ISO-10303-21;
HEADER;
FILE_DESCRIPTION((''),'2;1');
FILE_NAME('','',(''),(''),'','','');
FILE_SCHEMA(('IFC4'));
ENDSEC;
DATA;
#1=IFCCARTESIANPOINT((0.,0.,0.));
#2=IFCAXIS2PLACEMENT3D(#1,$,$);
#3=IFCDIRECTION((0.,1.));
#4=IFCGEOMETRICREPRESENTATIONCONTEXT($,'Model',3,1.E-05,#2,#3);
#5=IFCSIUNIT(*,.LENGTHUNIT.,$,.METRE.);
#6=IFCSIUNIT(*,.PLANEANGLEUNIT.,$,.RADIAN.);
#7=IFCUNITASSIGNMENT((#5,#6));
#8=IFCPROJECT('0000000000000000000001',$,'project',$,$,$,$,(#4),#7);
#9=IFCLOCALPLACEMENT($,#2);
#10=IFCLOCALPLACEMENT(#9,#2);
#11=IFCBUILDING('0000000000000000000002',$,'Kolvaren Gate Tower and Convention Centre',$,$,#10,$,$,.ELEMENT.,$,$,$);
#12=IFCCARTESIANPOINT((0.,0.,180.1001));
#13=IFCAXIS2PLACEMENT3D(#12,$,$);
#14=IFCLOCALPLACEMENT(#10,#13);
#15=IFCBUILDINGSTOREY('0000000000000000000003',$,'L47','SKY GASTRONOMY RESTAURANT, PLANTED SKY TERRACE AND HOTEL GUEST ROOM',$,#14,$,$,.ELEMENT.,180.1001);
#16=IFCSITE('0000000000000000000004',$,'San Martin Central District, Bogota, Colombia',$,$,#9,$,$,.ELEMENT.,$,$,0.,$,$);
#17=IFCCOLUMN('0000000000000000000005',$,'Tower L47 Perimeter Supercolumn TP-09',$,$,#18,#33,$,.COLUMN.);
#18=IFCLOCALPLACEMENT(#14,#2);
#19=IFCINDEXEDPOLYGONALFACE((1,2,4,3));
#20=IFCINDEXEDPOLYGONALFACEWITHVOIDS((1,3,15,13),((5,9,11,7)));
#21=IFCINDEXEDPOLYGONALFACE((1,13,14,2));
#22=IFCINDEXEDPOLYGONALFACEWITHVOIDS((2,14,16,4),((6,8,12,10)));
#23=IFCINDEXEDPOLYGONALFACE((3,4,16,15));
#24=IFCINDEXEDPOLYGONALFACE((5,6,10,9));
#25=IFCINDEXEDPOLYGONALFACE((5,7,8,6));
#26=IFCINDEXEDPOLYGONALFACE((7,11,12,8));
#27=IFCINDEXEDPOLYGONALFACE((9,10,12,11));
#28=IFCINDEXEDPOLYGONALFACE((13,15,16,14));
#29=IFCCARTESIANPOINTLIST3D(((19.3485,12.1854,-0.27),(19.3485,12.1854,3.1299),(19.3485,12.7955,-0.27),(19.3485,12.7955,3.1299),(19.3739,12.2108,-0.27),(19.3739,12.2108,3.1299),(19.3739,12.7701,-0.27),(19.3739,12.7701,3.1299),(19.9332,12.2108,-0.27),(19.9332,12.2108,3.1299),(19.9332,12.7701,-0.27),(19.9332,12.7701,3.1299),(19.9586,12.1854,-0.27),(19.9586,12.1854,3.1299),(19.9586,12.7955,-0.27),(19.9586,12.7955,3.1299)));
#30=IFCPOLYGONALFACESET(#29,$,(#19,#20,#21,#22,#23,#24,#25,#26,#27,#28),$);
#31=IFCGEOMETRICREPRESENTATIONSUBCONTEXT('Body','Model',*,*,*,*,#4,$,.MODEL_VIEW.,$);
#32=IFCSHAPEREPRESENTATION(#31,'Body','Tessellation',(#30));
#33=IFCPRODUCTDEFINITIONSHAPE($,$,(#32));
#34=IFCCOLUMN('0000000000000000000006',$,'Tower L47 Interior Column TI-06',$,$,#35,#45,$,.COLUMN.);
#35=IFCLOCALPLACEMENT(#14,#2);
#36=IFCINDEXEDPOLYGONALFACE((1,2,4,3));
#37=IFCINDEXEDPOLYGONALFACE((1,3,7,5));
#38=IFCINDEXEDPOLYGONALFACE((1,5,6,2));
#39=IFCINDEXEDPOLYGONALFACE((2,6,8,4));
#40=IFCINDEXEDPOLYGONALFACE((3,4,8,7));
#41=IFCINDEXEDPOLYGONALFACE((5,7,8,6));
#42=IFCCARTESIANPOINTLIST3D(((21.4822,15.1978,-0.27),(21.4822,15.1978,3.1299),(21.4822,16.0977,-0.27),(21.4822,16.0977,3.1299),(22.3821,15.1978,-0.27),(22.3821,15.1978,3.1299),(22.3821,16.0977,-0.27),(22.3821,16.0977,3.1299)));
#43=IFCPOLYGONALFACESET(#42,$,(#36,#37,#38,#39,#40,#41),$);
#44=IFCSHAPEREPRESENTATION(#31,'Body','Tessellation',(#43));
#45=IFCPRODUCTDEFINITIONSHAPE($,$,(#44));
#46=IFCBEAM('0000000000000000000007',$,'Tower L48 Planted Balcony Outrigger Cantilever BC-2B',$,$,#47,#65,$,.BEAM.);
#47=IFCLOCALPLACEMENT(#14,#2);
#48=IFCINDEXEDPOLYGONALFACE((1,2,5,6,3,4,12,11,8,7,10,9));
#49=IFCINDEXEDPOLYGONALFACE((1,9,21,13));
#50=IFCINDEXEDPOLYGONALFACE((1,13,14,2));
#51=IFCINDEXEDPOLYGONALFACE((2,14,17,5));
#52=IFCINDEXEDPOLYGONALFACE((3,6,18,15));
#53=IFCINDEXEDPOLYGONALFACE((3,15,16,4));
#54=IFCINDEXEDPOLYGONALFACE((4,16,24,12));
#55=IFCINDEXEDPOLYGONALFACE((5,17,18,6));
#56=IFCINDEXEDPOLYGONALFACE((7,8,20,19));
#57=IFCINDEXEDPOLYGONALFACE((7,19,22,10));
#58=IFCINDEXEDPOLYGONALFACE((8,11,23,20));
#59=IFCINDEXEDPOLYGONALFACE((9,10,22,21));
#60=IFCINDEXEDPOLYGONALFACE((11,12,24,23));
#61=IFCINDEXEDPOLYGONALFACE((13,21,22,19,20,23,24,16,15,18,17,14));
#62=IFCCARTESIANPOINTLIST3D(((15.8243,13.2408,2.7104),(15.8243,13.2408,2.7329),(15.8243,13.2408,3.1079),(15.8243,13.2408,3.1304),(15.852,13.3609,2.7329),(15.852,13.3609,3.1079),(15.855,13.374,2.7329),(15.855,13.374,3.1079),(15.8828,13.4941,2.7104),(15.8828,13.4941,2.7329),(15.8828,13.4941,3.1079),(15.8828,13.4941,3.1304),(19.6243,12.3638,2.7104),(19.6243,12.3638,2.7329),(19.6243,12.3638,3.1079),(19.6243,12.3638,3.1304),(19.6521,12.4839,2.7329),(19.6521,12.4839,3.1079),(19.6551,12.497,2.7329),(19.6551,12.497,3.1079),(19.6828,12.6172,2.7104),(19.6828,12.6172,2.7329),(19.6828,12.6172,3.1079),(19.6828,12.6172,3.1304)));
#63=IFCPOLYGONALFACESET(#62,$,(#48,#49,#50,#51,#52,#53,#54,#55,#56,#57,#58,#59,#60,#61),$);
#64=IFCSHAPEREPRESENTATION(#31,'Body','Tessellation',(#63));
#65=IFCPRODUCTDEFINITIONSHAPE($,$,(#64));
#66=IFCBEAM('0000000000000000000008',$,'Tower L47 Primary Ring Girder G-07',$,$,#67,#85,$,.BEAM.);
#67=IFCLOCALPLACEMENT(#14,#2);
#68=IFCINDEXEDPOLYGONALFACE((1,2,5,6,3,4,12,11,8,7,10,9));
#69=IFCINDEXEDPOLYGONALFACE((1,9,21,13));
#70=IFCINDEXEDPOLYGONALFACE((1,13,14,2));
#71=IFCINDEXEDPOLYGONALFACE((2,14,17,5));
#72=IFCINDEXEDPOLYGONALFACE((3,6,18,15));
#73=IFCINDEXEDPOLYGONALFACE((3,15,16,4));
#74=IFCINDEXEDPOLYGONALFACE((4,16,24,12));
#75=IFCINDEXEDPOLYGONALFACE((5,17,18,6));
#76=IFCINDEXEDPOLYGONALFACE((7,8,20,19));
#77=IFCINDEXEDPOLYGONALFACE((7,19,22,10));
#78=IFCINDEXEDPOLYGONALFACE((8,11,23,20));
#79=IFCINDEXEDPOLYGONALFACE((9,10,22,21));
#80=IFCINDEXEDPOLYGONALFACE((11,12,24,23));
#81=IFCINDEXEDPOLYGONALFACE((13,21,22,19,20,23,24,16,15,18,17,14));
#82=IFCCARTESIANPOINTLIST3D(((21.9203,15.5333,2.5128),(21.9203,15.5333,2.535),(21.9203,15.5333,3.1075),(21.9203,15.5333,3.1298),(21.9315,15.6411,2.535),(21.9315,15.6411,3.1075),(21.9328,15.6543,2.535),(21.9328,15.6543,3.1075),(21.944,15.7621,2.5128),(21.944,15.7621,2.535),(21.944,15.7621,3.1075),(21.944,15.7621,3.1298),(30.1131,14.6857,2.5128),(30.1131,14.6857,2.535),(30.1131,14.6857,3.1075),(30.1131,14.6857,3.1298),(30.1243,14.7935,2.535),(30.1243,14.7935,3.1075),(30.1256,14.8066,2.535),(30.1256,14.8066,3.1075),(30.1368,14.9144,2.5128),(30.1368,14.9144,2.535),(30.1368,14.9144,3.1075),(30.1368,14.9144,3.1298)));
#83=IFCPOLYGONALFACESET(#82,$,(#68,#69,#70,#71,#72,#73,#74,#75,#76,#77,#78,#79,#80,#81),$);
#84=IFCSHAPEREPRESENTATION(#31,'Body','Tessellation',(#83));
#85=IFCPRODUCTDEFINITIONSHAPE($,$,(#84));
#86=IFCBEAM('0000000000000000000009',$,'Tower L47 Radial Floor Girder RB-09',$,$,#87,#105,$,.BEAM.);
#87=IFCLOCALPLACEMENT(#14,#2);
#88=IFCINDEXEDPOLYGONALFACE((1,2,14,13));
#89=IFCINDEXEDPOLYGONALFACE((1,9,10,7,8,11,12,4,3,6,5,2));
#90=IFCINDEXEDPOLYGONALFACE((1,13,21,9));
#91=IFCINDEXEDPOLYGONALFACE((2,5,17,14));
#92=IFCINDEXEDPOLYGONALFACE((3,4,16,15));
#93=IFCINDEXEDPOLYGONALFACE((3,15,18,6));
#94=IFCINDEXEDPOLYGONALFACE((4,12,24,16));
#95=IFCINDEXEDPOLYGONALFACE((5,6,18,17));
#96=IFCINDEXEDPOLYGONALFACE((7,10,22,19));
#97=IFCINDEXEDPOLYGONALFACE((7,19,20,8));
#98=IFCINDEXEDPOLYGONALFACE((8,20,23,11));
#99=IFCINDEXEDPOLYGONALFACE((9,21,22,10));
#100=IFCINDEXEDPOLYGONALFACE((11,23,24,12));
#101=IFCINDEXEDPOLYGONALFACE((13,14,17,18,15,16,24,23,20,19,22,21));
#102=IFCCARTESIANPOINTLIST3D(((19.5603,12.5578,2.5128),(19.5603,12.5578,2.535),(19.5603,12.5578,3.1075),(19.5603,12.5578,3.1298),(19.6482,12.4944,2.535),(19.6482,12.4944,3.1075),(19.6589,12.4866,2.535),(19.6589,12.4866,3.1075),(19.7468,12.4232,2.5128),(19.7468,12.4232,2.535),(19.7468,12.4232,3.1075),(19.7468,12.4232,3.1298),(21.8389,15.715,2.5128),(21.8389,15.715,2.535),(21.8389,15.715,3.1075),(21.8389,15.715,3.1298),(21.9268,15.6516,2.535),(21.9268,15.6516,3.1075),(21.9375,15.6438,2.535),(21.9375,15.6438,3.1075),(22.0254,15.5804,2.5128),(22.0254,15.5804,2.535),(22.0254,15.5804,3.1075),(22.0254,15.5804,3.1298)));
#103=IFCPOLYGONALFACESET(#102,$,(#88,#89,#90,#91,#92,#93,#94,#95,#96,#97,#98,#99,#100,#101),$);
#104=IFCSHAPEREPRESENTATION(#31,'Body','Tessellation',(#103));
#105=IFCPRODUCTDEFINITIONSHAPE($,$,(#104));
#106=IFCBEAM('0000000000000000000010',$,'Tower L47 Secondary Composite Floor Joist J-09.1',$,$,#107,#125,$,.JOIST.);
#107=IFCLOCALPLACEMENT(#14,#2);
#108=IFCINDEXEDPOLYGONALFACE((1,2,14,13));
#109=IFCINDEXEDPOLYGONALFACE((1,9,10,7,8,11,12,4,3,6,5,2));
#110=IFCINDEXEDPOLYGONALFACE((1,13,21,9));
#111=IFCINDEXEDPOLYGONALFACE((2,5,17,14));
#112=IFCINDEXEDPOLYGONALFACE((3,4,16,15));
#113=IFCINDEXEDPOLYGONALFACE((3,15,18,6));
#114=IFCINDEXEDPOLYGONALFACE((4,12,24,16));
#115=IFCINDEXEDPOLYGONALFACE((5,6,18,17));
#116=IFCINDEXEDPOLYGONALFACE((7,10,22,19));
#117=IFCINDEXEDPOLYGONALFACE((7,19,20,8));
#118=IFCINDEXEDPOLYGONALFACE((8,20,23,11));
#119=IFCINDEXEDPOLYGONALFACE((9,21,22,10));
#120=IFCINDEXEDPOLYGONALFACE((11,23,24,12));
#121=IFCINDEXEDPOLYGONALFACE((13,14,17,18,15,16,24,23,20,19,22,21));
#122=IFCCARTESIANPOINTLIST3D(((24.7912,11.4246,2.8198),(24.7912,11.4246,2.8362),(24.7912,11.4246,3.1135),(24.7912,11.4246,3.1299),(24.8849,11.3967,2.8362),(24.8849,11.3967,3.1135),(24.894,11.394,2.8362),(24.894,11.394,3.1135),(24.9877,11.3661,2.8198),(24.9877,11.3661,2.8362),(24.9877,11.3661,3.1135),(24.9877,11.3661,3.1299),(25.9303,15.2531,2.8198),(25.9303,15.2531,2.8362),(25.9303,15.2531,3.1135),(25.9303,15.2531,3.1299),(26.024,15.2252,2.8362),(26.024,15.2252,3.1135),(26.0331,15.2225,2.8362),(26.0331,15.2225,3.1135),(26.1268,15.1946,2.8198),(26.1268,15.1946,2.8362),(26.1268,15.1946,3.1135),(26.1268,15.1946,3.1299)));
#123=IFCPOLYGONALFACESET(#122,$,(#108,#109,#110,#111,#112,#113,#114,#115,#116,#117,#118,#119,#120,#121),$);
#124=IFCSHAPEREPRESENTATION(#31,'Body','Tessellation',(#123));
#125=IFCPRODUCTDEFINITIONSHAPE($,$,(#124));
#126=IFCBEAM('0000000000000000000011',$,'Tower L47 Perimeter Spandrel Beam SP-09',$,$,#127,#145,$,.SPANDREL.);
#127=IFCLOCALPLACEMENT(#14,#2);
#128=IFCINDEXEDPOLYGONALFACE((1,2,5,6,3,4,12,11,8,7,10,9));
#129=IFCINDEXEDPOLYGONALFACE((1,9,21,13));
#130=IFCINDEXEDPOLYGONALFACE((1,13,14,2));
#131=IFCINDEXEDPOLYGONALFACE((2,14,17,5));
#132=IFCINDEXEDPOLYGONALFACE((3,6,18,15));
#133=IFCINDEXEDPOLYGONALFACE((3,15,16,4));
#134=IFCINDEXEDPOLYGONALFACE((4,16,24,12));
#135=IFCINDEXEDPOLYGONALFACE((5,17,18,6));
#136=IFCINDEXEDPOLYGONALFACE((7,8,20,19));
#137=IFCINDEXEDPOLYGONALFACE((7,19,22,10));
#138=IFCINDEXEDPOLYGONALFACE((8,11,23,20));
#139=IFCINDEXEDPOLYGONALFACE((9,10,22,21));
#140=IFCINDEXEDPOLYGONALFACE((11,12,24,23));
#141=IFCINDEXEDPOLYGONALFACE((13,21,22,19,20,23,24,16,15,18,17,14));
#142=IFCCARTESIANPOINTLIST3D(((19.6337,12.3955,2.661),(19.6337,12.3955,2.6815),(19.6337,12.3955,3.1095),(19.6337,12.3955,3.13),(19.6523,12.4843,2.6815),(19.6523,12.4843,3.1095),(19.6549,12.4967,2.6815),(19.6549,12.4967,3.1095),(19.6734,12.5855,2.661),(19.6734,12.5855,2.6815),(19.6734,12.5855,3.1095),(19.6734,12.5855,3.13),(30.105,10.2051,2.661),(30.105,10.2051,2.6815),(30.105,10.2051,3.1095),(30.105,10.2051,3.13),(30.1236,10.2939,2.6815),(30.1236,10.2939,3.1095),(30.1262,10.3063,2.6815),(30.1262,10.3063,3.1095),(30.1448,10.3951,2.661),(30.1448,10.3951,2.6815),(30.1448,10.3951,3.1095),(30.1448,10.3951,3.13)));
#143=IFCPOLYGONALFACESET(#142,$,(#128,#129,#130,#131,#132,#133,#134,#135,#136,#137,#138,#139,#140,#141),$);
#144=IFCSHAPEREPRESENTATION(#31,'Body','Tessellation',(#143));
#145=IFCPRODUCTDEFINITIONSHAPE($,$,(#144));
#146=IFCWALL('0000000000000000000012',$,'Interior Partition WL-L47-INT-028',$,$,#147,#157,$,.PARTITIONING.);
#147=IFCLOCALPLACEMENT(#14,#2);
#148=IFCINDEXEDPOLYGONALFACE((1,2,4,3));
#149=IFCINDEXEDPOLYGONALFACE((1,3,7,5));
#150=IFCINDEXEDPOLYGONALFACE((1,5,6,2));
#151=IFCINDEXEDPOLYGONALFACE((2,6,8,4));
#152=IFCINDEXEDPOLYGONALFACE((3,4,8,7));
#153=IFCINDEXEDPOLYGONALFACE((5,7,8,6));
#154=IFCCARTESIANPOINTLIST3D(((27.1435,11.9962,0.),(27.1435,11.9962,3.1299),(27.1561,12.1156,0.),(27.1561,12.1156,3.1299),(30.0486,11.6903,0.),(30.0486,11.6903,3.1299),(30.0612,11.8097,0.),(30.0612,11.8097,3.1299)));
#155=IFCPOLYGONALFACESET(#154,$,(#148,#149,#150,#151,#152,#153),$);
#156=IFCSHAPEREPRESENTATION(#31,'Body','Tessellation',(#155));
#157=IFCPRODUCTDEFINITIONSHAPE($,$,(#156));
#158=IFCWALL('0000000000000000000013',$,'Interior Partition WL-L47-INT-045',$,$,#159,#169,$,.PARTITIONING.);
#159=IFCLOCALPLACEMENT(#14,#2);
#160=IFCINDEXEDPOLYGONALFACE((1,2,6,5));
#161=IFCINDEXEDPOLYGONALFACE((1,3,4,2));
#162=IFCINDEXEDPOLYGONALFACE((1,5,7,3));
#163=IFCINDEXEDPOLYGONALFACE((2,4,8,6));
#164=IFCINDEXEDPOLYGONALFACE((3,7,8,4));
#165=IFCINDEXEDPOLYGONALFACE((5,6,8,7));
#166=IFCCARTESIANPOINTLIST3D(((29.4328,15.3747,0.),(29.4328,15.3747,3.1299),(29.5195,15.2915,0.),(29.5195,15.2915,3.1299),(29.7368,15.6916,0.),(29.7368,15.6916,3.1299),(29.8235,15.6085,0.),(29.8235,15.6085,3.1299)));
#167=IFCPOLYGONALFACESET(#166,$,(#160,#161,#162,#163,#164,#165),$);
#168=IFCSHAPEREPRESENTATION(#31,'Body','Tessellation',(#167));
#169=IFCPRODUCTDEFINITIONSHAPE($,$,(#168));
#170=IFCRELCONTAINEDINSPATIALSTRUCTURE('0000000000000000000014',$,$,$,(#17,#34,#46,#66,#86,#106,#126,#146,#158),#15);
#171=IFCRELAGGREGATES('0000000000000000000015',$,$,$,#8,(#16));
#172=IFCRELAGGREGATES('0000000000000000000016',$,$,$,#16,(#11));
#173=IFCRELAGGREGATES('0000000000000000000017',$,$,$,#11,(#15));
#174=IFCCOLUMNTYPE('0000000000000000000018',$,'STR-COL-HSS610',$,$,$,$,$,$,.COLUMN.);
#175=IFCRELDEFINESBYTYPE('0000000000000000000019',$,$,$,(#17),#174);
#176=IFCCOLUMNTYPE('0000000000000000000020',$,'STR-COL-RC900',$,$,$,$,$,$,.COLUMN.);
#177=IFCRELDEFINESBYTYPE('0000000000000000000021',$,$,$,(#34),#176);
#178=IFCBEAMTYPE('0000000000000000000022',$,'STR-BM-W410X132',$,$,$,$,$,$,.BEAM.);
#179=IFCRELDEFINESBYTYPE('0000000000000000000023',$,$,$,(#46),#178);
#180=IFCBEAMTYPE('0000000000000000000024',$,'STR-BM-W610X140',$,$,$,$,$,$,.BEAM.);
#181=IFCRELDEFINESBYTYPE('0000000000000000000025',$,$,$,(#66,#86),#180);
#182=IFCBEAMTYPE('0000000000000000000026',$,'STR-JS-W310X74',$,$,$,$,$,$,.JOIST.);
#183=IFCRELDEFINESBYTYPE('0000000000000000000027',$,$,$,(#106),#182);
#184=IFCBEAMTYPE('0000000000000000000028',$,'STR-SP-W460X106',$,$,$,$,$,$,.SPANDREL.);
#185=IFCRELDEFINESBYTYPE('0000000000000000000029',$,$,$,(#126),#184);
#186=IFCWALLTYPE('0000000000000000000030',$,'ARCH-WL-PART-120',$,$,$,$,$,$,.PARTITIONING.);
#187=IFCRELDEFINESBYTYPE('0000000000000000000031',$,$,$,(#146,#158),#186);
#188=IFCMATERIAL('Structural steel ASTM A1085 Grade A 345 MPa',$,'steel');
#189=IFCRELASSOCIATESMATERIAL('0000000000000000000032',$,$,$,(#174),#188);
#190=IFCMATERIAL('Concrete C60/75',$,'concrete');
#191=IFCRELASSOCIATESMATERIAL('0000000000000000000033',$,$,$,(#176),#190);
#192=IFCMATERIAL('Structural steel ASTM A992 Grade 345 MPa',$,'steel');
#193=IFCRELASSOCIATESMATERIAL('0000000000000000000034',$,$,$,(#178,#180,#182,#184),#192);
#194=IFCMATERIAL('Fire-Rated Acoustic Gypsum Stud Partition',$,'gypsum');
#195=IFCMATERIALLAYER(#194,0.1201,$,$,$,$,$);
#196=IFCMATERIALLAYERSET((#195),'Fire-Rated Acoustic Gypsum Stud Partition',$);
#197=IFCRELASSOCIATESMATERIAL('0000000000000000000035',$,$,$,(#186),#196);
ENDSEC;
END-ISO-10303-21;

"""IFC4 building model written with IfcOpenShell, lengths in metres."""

from ifc_helpers import new_model, si_unit, direction, frame, frame_2d, origin, origin_2d, place, context, subcontext, project, spatial, rectangle, hollow_rectangle, i_section, extrude, material, layer, layer_set, material_profile, profile_set, type_object, element, save


model = new_model("IFC4")

# Units and contexts
model_context = context("Model", 3, precision=1e-05, world=origin(), true_north=direction((0.0, 1.0)))
body_context = subcontext(model_context, "Body", "Model", "MODEL_VIEW")
ifc_project = project(units=[si_unit("LENGTHUNIT", "METRE"), si_unit("PLANEANGLEUNIT", "RADIAN")], contexts=[model_context])

# Site, building, storey
site_placement = place(None, origin())
site = spatial("IfcSite", under=ifc_project, at=site_placement, Name="San Martin Central District, Bogota, Colombia", CompositionType="ELEMENT", RefElevation=0.0)
building_placement = place(site_placement, origin())
building = spatial("IfcBuilding", under=site, at=building_placement, Name="Kolvaren Gate Tower and Convention Centre", CompositionType="ELEMENT")
storey_placement = place(building_placement, frame((0.0, 0.0, 180.1001)))
storey = spatial("IfcBuildingStorey", under=building, at=storey_placement, Name="L47", Description="SKY GASTRONOMY RESTAURANT, PLANTED SKY TERRACE AND HOTEL GUEST ROOM", CompositionType="ELEMENT", Elevation=180.1001)

# Columns
ifc_material_1 = material(Name="Structural steel ASTM A1085 Grade A 345 MPa", Category="steel")
ifc_material_profile_1 = material_profile(ifc_material_1, hollow_rectangle(XDim=0.6101, YDim=0.6101, WallThickness=0.0254, at=origin_2d()), Name="HSS610X610X25.4")
ifc_profile_set_1 = profile_set([ifc_material_profile_1], Name="Structural steel ASTM A1085 Grade A 345 MPa")
column_type_1 = type_object("IfcColumnType", Name="STR-COL-HSS610", PredefinedType="COLUMN", material=ifc_profile_set_1)
column_1_placement = place(storey_placement, frame((19.6536, 12.4905, -0.27), z_axis=(0.0, 0.0, 1.0), x_axis=(1.0, 0.0, 0.0)))
element("IfcColumn", 1, at=column_1_placement, inside=storey, type_object=column_type_1, Name="Tower L47 Perimeter Supercolumn TP-09", PredefinedType="COLUMN", context=body_context, shape_type="SweptSolid", body=[
    extrude(hollow_rectangle(XDim=0.6101, YDim=0.6101, WallThickness=0.0254, at=origin_2d()), origin(), (0.0, 0.0, 1.0), 3.3999),
])
ifc_material_2 = material(Name="Concrete C60/75", Category="concrete")
ifc_material_profile_2 = material_profile(ifc_material_2, rectangle(XDim=0.8999, YDim=0.8999, at=origin_2d()), Name="RC-COL-900X900")
ifc_profile_set_2 = profile_set([ifc_material_profile_2], Name="Concrete C60/75")
column_type_2 = type_object("IfcColumnType", Name="STR-COL-RC900", PredefinedType="COLUMN", material=ifc_profile_set_2)
column_2_placement = place(storey_placement, frame((21.9321, 15.6477, -0.27), z_axis=(0.0, 0.0, 1.0), x_axis=(1.0, 0.0, 0.0)))
element("IfcColumn", 2, at=column_2_placement, inside=storey, type_object=column_type_2, Name="Tower L47 Interior Column TI-06", PredefinedType="COLUMN", context=body_context, shape_type="SweptSolid", body=[
    extrude(rectangle(XDim=0.8999, YDim=0.8999, at=origin_2d()), origin(), (0.0, 0.0, 1.0), 3.3999),
])

# Beams
ifc_material_3 = material(Name="Structural steel ASTM A992 Grade 345 MPa", Category="steel")
ifc_material_profile_3 = material_profile(ifc_material_3, i_section(OverallWidth=0.26, OverallDepth=0.4199, WebThickness=0.0134, FlangeThickness=0.0225, at=origin_2d()), Name="W410X132")
ifc_profile_set_3 = profile_set([ifc_material_profile_3], Name="Structural steel ASTM A992 Grade 345 MPa")
beam_type_1 = type_object("IfcBeamType", Name="STR-BM-W410X132", PredefinedType="BEAM", material=ifc_profile_set_3)
beam_1_placement = place(storey_placement, frame((19.6536, 12.4905, 2.9204), z_axis=(-0.97439, 0.224864, 0.0), x_axis=(-0.224864, -0.97439, 0.0)))
element("IfcBeam", 3, at=beam_1_placement, inside=storey, type_object=beam_type_1, Name="Tower L48 Planted Balcony Outrigger Cantilever BC-2B", PredefinedType="BEAM", context=body_context, shape_type="SweptSolid", body=[
    extrude(i_section(OverallWidth=0.26, OverallDepth=0.4199, WebThickness=0.0134, FlangeThickness=0.0225, at=origin_2d()), origin(), (0.0, 0.0, 1.0), 3.8999),
])
ifc_material_profile_4 = material_profile(ifc_material_3, i_section(OverallWidth=0.23, OverallDepth=0.6169, WebThickness=0.0132, FlangeThickness=0.0222, at=origin_2d()), Name="W610X140")
ifc_profile_set_4 = profile_set([ifc_material_profile_4], Name="Structural steel ASTM A992 Grade 345 MPa")
beam_type_2 = type_object("IfcBeamType", Name="STR-BM-W610X140", PredefinedType="BEAM", material=ifc_profile_set_4)
beam_2_placement = place(storey_placement, frame((21.9321, 15.6477, 2.8213), z_axis=(0.99469, -0.102913, 0.0), x_axis=(0.102913, 0.99469, 0.0)))
element("IfcBeam", 4, at=beam_2_placement, inside=storey, type_object=beam_type_2, Name="Tower L47 Primary Ring Girder G-07", PredefinedType="BEAM", context=body_context, shape_type="SweptSolid", body=[
    extrude(i_section(OverallWidth=0.23, OverallDepth=0.6169, WebThickness=0.0132, FlangeThickness=0.0222, at=origin_2d()), origin(), (0.0, 0.0, 1.0), 8.2366),
])
beam_3_placement = place(storey_placement, frame((21.9321, 15.6477, 2.8213), z_axis=(-0.585211, -0.810881, 0.0), x_axis=(0.810881, -0.585211, 0.0)))
element("IfcBeam", 5, at=beam_3_placement, inside=storey, type_object=beam_type_2, Name="Tower L47 Radial Floor Girder RB-09", PredefinedType="BEAM", context=body_context, shape_type="SweptSolid", body=[
    extrude(i_section(OverallWidth=0.23, OverallDepth=0.6169, WebThickness=0.0132, FlangeThickness=0.0222, at=origin_2d()), origin(), (0.0, 0.0, 1.0), 3.8936),
])
ifc_material_profile_5 = material_profile(ifc_material_3, i_section(OverallWidth=0.2051, OverallDepth=0.3101, WebThickness=0.0095, FlangeThickness=0.0164, at=origin_2d()), Name="W310X74")
ifc_profile_set_5 = profile_set([ifc_material_profile_5], Name="Structural steel ASTM A992 Grade 345 MPa")
beam_type_3 = type_object("IfcBeamType", Name="STR-JS-W310X74", PredefinedType="JOIST", material=ifc_profile_set_5)
beam_4_placement = place(storey_placement, frame((26.0286, 15.2239, 2.9749), z_axis=(-0.285183, -0.958473, 0.0), x_axis=(0.958473, -0.285183, 0.0)))
element("IfcBeam", 6, at=beam_4_placement, inside=storey, type_object=beam_type_3, Name="Tower L47 Secondary Composite Floor Joist J-09.1", PredefinedType="JOIST", context=body_context, shape_type="SweptSolid", body=[
    extrude(i_section(OverallWidth=0.2051, OverallDepth=0.3101, WebThickness=0.0095, FlangeThickness=0.0164, at=origin_2d()), origin(), (0.0, 0.0, 1.0), 3.9944),
])
ifc_material_profile_6 = material_profile(ifc_material_3, i_section(OverallWidth=0.1941, OverallDepth=0.469, WebThickness=0.0127, FlangeThickness=0.0205, at=origin_2d()), Name="W460X106")
ifc_profile_set_6 = profile_set([ifc_material_profile_6], Name="Structural steel ASTM A992 Grade 345 MPa")
beam_type_4 = type_object("IfcBeamType", Name="STR-SP-W460X106", PredefinedType="SPANDREL", material=ifc_profile_set_6)
beam_5_placement = place(storey_placement, frame((19.6536, 12.4905, 2.8955), z_axis=(0.978814, -0.20475, 0.0), x_axis=(0.20475, 0.978814, 0.0)))
element("IfcBeam", 7, at=beam_5_placement, inside=storey, type_object=beam_type_4, Name="Tower L47 Perimeter Spandrel Beam SP-09", PredefinedType="SPANDREL", context=body_context, shape_type="SweptSolid", body=[
    extrude(i_section(OverallWidth=0.1941, OverallDepth=0.469, WebThickness=0.0127, FlangeThickness=0.0205, at=origin_2d()), origin(), (0.0, 0.0, 1.0), 10.698),
])

# Walls
ifc_material_4 = material(Name="Fire-Rated Acoustic Gypsum Stud Partition", Category="gypsum")
ifc_layer_1 = layer(ifc_material_4, 0.1201)
ifc_layer_set_1 = layer_set([ifc_layer_1], Name="Fire-Rated Acoustic Gypsum Stud Partition")
wall_type_1 = type_object("IfcWallType", Name="ARCH-WL-PART-120", PredefinedType="PARTITIONING", material=ifc_layer_set_1)
wall_1_placement = place(storey_placement, frame((27.1499, 12.0559, 0.0), z_axis=(0.0, 0.0, 1.0), x_axis=(0.994501, -0.104724, 0.0)))
element("IfcWall", 8, at=wall_1_placement, inside=storey, type_object=wall_type_1, Name="Interior Partition WL-L47-INT-028", PredefinedType="PARTITIONING", context=body_context, shape_type="SweptSolid", body=[
    extrude(rectangle(XDim=2.9211, YDim=0.1201, at=frame_2d((1.4604, 0.0))), origin(), (0.0, 0.0, 1.0), 3.1299),
])
wall_2_placement = place(storey_placement, frame((29.4761, 15.333, 0.0), z_axis=(0.0, 0.0, 1.0), x_axis=(0.692219, 0.721687, 0.0)))
element("IfcWall", 9, at=wall_2_placement, inside=storey, type_object=wall_type_1, Name="Interior Partition WL-L47-INT-045", PredefinedType="PARTITIONING", context=body_context, shape_type="SweptSolid", body=[
    extrude(rectangle(XDim=0.4392, YDim=0.1201, at=frame_2d((0.2197, 0.0))), origin(), (0.0, 0.0, 1.0), 3.1299),
])

save(model, "model.ifc")
